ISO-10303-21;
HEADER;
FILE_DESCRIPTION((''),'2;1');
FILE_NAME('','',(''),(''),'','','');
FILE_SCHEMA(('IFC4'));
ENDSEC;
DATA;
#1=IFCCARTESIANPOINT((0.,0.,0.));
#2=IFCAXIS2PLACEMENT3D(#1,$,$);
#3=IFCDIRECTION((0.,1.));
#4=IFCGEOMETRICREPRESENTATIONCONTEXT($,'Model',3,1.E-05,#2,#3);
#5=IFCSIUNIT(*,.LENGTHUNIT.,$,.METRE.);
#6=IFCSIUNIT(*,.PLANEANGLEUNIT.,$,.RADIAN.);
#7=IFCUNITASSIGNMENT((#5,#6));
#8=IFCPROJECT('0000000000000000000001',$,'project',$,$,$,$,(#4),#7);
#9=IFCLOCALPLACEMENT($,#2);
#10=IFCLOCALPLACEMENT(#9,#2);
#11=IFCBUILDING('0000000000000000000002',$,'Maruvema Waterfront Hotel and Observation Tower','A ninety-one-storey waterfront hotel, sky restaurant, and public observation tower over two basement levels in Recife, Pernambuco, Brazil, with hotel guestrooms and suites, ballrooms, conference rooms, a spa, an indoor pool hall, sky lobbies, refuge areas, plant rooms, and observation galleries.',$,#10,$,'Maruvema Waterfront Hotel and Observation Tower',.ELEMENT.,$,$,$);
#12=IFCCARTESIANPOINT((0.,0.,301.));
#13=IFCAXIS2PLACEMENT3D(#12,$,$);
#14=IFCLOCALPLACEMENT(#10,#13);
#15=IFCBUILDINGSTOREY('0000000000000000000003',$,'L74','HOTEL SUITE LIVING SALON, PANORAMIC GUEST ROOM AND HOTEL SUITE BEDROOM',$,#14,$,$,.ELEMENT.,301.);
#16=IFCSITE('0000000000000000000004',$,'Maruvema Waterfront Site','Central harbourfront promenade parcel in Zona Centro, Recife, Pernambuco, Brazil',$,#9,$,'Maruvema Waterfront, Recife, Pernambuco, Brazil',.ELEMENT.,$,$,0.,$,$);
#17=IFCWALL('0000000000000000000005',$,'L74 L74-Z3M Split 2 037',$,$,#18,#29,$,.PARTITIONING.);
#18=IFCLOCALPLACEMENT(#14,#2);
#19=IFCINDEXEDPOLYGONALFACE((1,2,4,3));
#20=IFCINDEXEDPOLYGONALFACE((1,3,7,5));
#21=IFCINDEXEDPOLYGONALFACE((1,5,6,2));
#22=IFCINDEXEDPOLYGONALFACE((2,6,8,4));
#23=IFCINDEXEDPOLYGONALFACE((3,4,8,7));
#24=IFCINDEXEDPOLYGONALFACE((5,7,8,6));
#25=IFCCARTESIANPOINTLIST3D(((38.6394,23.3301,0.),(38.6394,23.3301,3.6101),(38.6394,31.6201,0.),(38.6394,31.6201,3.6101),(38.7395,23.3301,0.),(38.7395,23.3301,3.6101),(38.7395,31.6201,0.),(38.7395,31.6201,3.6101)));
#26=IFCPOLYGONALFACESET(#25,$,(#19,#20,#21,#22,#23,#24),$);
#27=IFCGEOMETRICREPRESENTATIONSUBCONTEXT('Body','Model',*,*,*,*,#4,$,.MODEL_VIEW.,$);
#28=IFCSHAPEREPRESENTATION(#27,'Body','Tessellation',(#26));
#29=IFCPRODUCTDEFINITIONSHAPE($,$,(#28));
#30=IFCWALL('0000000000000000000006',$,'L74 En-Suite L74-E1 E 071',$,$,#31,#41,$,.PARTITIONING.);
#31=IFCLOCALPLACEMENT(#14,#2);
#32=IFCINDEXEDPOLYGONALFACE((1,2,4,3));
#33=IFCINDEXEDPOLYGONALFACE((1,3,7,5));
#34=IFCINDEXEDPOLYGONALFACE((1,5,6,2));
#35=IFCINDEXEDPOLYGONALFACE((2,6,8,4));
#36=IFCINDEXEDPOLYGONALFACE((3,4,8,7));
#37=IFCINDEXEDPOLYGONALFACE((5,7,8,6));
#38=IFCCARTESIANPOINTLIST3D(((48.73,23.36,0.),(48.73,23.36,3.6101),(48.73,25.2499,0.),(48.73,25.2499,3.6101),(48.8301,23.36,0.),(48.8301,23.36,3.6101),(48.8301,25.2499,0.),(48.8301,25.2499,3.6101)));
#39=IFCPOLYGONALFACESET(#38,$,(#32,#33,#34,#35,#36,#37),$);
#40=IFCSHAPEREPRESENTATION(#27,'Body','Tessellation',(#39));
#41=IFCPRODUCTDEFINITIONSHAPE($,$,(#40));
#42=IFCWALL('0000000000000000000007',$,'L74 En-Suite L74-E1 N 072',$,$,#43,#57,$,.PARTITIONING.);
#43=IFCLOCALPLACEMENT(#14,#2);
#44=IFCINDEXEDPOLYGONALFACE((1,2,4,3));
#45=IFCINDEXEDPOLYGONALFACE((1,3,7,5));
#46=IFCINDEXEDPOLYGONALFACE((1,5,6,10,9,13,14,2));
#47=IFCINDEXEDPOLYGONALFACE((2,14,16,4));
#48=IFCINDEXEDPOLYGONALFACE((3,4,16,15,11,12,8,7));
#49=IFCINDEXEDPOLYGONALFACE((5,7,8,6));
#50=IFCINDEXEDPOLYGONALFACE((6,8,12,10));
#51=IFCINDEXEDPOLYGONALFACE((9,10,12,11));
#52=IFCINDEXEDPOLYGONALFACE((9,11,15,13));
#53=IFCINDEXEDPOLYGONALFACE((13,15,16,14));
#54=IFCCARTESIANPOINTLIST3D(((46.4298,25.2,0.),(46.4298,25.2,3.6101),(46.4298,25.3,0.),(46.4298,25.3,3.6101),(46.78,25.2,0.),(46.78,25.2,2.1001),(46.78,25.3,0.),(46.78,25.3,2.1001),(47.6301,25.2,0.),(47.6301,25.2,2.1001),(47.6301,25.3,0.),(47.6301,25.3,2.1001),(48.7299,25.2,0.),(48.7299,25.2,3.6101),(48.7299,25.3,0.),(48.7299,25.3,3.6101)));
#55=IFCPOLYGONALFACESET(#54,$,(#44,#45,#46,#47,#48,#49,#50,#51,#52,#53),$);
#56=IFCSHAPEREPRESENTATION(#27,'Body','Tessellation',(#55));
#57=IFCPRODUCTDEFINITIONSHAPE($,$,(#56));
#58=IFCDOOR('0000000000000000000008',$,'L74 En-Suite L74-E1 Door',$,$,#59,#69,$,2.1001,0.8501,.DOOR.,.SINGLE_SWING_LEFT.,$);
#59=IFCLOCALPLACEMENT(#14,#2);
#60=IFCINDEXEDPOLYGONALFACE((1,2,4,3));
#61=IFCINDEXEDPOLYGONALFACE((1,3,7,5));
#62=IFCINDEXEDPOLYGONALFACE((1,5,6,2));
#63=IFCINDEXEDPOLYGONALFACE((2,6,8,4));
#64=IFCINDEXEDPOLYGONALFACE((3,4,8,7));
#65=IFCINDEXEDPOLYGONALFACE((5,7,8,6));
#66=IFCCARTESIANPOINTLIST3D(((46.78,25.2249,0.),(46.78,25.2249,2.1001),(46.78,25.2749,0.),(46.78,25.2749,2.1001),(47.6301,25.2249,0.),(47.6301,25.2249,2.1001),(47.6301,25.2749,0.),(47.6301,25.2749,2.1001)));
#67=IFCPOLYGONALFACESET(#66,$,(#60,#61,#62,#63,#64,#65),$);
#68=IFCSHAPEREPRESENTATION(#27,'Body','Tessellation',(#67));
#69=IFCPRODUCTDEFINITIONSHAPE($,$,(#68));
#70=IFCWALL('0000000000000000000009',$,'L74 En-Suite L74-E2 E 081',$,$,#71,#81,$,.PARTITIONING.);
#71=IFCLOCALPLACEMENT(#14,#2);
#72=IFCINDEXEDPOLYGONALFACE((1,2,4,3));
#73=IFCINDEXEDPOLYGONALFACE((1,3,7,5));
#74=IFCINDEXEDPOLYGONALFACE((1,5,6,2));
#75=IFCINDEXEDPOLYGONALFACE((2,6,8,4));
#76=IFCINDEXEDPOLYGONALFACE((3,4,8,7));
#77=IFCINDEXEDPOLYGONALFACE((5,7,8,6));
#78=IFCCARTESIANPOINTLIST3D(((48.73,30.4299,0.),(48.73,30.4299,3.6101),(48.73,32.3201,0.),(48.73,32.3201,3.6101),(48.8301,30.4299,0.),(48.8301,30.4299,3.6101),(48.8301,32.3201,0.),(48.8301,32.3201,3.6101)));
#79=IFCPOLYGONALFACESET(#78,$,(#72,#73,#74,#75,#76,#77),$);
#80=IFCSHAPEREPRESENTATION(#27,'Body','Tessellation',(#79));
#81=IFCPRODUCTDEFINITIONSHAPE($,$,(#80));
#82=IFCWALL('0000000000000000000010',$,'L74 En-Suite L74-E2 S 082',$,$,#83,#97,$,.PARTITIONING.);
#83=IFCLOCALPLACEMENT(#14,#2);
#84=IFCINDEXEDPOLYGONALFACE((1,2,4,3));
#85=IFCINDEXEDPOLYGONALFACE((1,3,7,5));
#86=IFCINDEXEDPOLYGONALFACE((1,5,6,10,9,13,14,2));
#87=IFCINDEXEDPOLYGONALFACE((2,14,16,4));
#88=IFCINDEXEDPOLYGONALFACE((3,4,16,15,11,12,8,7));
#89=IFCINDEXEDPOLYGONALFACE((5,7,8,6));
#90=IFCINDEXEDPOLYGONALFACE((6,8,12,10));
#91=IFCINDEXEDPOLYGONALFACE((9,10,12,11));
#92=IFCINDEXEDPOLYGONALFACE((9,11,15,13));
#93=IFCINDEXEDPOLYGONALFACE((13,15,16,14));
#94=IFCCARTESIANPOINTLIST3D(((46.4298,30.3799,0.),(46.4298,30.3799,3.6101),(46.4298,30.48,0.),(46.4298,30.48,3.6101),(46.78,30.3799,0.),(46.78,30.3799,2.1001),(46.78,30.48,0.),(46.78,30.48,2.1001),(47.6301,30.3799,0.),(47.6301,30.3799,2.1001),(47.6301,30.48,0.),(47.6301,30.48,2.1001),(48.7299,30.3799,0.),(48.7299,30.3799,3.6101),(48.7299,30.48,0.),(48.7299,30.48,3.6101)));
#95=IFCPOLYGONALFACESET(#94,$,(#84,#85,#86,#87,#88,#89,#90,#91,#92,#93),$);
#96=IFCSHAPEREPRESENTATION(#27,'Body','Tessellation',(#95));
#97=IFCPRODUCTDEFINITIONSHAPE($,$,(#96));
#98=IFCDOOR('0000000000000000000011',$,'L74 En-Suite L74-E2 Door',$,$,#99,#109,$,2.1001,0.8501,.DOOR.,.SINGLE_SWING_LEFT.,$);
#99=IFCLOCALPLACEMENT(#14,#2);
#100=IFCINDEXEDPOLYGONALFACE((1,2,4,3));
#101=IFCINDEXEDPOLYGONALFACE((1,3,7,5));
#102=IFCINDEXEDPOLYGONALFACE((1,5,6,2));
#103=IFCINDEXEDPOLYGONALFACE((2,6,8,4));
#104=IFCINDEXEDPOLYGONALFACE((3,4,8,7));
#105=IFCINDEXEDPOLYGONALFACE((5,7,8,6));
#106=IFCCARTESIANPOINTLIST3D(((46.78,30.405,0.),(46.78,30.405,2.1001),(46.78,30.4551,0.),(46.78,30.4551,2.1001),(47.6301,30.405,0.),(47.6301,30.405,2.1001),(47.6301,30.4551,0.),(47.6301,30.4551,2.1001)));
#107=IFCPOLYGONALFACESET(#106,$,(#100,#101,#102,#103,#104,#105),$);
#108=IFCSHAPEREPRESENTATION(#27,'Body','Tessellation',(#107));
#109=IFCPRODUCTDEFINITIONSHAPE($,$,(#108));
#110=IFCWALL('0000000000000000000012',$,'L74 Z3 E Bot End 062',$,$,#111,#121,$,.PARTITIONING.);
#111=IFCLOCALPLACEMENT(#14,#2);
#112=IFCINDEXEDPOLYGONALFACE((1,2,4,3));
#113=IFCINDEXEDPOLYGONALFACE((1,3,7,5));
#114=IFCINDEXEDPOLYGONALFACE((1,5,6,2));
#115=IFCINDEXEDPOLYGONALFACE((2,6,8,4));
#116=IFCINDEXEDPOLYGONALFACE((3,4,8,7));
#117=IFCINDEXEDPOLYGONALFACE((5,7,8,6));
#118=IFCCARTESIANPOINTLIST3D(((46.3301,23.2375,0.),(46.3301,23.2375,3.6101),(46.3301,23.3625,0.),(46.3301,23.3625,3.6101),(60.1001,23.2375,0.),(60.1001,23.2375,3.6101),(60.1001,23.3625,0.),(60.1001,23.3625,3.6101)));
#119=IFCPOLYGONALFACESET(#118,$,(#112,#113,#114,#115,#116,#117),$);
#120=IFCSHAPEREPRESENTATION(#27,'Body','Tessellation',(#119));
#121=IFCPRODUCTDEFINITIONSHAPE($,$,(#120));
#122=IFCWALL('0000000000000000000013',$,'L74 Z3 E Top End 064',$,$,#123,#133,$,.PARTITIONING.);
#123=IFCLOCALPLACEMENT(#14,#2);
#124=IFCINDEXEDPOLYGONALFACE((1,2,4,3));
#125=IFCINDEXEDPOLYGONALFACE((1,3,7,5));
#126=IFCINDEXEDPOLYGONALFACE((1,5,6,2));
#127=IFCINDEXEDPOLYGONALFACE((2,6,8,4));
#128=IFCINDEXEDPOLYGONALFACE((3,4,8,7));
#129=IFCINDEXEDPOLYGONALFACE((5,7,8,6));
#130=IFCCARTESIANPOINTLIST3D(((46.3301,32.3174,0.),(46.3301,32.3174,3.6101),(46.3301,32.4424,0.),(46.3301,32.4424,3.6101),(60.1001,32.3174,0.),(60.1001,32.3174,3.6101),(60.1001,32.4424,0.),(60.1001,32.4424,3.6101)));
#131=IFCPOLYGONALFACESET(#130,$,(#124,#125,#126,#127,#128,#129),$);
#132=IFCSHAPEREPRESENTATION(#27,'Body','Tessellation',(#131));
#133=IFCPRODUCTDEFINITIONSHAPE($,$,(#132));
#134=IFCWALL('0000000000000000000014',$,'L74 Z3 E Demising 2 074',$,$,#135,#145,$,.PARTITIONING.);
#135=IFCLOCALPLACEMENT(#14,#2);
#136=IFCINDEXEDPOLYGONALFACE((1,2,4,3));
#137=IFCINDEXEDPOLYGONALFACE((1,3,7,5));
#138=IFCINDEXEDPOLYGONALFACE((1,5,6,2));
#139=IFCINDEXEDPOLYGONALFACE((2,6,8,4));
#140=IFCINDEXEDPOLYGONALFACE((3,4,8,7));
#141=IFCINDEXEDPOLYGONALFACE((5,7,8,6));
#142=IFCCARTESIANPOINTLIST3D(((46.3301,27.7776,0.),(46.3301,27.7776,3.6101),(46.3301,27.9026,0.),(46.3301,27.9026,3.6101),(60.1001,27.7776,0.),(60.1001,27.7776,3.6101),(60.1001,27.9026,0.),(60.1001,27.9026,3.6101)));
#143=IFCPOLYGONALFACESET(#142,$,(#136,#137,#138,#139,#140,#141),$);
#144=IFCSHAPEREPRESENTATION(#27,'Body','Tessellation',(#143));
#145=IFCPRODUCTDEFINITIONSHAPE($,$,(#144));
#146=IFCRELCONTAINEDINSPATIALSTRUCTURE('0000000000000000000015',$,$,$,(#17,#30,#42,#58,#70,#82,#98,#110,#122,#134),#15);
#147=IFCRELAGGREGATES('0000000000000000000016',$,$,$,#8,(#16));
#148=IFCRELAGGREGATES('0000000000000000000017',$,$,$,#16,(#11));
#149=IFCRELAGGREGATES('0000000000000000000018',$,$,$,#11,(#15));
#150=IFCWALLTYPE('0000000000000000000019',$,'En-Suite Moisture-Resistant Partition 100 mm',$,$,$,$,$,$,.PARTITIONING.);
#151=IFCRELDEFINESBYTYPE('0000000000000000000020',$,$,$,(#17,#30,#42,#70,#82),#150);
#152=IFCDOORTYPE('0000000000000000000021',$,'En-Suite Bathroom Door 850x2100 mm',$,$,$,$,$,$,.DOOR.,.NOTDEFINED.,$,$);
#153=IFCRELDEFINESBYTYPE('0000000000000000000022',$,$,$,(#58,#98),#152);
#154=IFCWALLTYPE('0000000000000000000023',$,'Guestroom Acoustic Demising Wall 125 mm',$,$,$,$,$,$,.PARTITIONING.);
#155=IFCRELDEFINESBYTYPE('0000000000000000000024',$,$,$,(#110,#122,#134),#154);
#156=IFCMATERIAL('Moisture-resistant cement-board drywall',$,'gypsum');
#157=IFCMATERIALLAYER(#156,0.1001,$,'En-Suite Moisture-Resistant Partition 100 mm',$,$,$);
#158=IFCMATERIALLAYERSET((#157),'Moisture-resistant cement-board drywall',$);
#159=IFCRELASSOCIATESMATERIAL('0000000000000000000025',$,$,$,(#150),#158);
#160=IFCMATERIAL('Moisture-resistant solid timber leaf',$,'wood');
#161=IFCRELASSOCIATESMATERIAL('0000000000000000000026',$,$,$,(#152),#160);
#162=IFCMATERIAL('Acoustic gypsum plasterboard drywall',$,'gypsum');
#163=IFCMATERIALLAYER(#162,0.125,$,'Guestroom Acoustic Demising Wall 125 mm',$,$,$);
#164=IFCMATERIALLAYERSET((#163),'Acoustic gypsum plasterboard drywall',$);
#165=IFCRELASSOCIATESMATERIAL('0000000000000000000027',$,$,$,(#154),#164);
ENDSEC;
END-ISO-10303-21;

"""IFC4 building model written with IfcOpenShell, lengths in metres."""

from ifc_helpers import new_model, si_unit, direction, frame, frame_2d, origin, place, context, subcontext, project, spatial, rectangle, extrude, material, layer, layer_set, type_object, element, fill, save


model = new_model("IFC4")

# Units and contexts
model_context = context("Model", 3, precision=1e-05, world=origin(), true_north=direction((0.0, 1.0)))
body_context = subcontext(model_context, "Body", "Model", "MODEL_VIEW")
ifc_project = project(units=[si_unit("LENGTHUNIT", "METRE"), si_unit("PLANEANGLEUNIT", "RADIAN")], contexts=[model_context])

# Site, building, storey
site_placement = place(None, origin())
site = spatial("IfcSite", under=ifc_project, at=site_placement, Name="Maruvema Waterfront Site", Description="Central harbourfront promenade parcel in Zona Centro, Recife, Pernambuco, Brazil", LongName="Maruvema Waterfront, Recife, Pernambuco, Brazil", CompositionType="ELEMENT", RefElevation=0.0)
building_placement = place(site_placement, origin())
building = spatial("IfcBuilding", under=site, at=building_placement, Name="Maruvema Waterfront Hotel and Observation Tower", Description="A ninety-one-storey waterfront hotel, sky restaurant, and public observation tower over two basement levels in Recife, Pernambuco, Brazil, with hotel guestrooms and suites, ballrooms, conference rooms, a spa, an indoor pool hall, sky lobbies, refuge areas, plant rooms, and observation galleries.", LongName="Maruvema Waterfront Hotel and Observation Tower", CompositionType="ELEMENT")
storey_placement = place(building_placement, frame((0.0, 0.0, 301.0)))
storey = spatial("IfcBuildingStorey", under=building, at=storey_placement, Name="L74", Description="HOTEL SUITE LIVING SALON, PANORAMIC GUEST ROOM AND HOTEL SUITE BEDROOM", CompositionType="ELEMENT", Elevation=301.0)

# Walls
ifc_material_1 = material(Name="Moisture-resistant cement-board drywall", Category="gypsum")
ifc_layer_1 = layer(ifc_material_1, 0.1001, Name="En-Suite Moisture-Resistant Partition 100 mm")
ifc_layer_set_1 = layer_set([ifc_layer_1], Name="Moisture-resistant cement-board drywall")
wall_type_1 = type_object("IfcWallType", Name="En-Suite Moisture-Resistant Partition 100 mm", PredefinedType="PARTITIONING", material=ifc_layer_set_1)
wall_1_placement = place(storey_placement, frame((38.6895, 23.3301, 0.0), z_axis=(0.0, 0.0, 1.0), x_axis=(0.0, 1.0, 0.0)))
element("IfcWall", 1, at=wall_1_placement, inside=storey, type_object=wall_type_1, Name="L74 L74-Z3M Split 2 037", PredefinedType="PARTITIONING", context=body_context, shape_type="SweptSolid", body=[
    extrude(rectangle(XDim=8.29, YDim=0.1001, at=frame_2d((4.145, 0.0))), origin(), (0.0, 0.0, 1.0), 3.6101),
])
wall_2_placement = place(storey_placement, frame((48.78, 23.3601, 0.0), z_axis=(0.0, 0.0, 1.0), x_axis=(0.0, 1.0, 0.0)))
element("IfcWall", 2, at=wall_2_placement, inside=storey, type_object=wall_type_1, Name="L74 En-Suite L74-E1 E 071", PredefinedType="PARTITIONING", context=body_context, shape_type="SweptSolid", body=[
    extrude(rectangle(XDim=1.8899, YDim=0.1001, at=frame_2d((0.9448, 0.0))), origin(), (0.0, 0.0, 1.0), 3.6101),
])

# Wall, opening, door
wall_3_placement = place(storey_placement, frame((46.4299, 25.25, 0.0), z_axis=(0.0, 0.0, 1.0), x_axis=(1.0, 0.0, 0.0)))
wall_3 = element("IfcWall", 3, at=wall_3_placement, inside=storey, type_object=wall_type_1, Name="L74 En-Suite L74-E1 N 072", PredefinedType="PARTITIONING", context=body_context, shape_type="SweptSolid", body=[
    extrude(rectangle(XDim=2.3, YDim=0.1001, at=frame_2d((1.1499, 0.0))), origin(), (0.0, 0.0, 1.0), 3.6101),
])
opening_1_placement = place(wall_3_placement, frame((0.3501, 0.0, 0.0)))
opening_1 = element("IfcOpeningElement", 4, at=opening_1_placement, cuts=wall_3, PredefinedType="OPENING", context=body_context, shape_type="SweptSolid", body=[
    extrude(rectangle(XDim=0.8501, YDim=2.1001, at=frame_2d((0.425, 1.05))), frame((0.0, 0.0601, 0.0), z_axis=(0.0, -1.0, 0.0), x_axis=(1.0, 0.0, 0.0)), (0.0, 0.0, 1.0), 0.1201),
])
ifc_material_2 = material(Name="Moisture-resistant solid timber leaf", Category="wood")
door_type_1 = type_object("IfcDoorType", Name="En-Suite Bathroom Door 850x2100 mm", OperationType="NOTDEFINED", PredefinedType="DOOR", material=ifc_material_2)
door_1_placement = place(opening_1_placement, origin())
door_1 = element("IfcDoor", 5, at=door_1_placement, inside=storey, type_object=door_type_1, Name="L74 En-Suite L74-E1 Door", OperationType="SINGLE_SWING_LEFT", OverallHeight=2.1001, OverallWidth=0.8501, PredefinedType="DOOR", context=body_context, shape_type="SweptSolid", body=[
    extrude(rectangle(XDim=0.8501, YDim=2.1001, at=frame_2d((0.425, 1.05))), frame((0.0, 0.0249, 0.0), z_axis=(0.0, -1.0, 0.0), x_axis=(1.0, 0.0, 0.0)), (0.0, 0.0, 1.0), 0.05),
])
fill(opening_1, door_1)

# Wall
wall_4_placement = place(storey_placement, frame((48.78, 30.4299, 0.0), z_axis=(0.0, 0.0, 1.0), x_axis=(0.0, 1.0, 0.0)))
element("IfcWall", 6, at=wall_4_placement, inside=storey, type_object=wall_type_1, Name="L74 En-Suite L74-E2 E 081", PredefinedType="PARTITIONING", context=body_context, shape_type="SweptSolid", body=[
    extrude(rectangle(XDim=1.8901, YDim=0.1001, at=frame_2d((0.9451, 0.0))), origin(), (0.0, 0.0, 1.0), 3.6101),
])

# Wall, opening, door
wall_5_placement = place(storey_placement, frame((46.4299, 30.4299, 0.0), z_axis=(0.0, 0.0, 1.0), x_axis=(1.0, 0.0, 0.0)))
wall_5 = element("IfcWall", 7, at=wall_5_placement, inside=storey, type_object=wall_type_1, Name="L74 En-Suite L74-E2 S 082", PredefinedType="PARTITIONING", context=body_context, shape_type="SweptSolid", body=[
    extrude(rectangle(XDim=2.3, YDim=0.1001, at=frame_2d((1.1499, 0.0))), origin(), (0.0, 0.0, 1.0), 3.6101),
])
opening_2_placement = place(wall_5_placement, frame((0.3501, 0.0, 0.0)))
opening_2 = element("IfcOpeningElement", 8, at=opening_2_placement, cuts=wall_5, PredefinedType="OPENING", context=body_context, shape_type="SweptSolid", body=[
    extrude(rectangle(XDim=0.8501, YDim=2.1001, at=frame_2d((0.425, 1.05))), frame((0.0, 0.0601, 0.0), z_axis=(0.0, -1.0, 0.0), x_axis=(1.0, 0.0, 0.0)), (0.0, 0.0, 1.0), 0.1201),
])
door_2_placement = place(opening_2_placement, frame((0.8501, 0.0, 0.0), z_axis=(0.0, 0.0, 1.0), x_axis=(-1.0, 0.0, 0.0)))
door_2 = element("IfcDoor", 9, at=door_2_placement, inside=storey, type_object=door_type_1, Name="L74 En-Suite L74-E2 Door", OperationType="SINGLE_SWING_LEFT", OverallHeight=2.1001, OverallWidth=0.8501, PredefinedType="DOOR", context=body_context, shape_type="SweptSolid", body=[
    extrude(rectangle(XDim=0.8501, YDim=2.1001, at=frame_2d((0.425, 1.05))), frame((0.0, 0.0249, 0.0), z_axis=(0.0, -1.0, 0.0), x_axis=(1.0, 0.0, 0.0)), (0.0, 0.0, 1.0), 0.05),
])
fill(opening_2, door_2)

# Walls
ifc_material_3 = material(Name="Acoustic gypsum plasterboard drywall", Category="gypsum")
ifc_layer_2 = layer(ifc_material_3, 0.125, Name="Guestroom Acoustic Demising Wall 125 mm")
ifc_layer_set_2 = layer_set([ifc_layer_2], Name="Acoustic gypsum plasterboard drywall")
wall_type_2 = type_object("IfcWallType", Name="Guestroom Acoustic Demising Wall 125 mm", PredefinedType="PARTITIONING", material=ifc_layer_set_2)
for number, where, z_axis, x_axis, name in (
    (10, (46.3301, 23.3, 0.0), (0.0, 0.0, 1.0), (1.0, 0.0, 0.0), "L74 Z3 E Bot End 062"),
    (11, (46.3301, 32.3799, 0.0), (0.0, 0.0, 1.0), (1.0, 0.0, 0.0), "L74 Z3 E Top End 064"),
    (12, (46.3301, 27.8401, 0.0), (0.0, 0.0, 1.0), (1.0, 0.0, 0.0), "L74 Z3 E Demising 2 074"),
):
    element("IfcWall", number, at=place(storey_placement, frame(where, z_axis=z_axis, x_axis=x_axis)), inside=storey, type_object=wall_type_2, Name=name, PredefinedType="PARTITIONING", context=body_context, shape_type="SweptSolid", body=[
        extrude(rectangle(XDim=13.77, YDim=0.125, at=frame_2d((6.885, 0.0))), origin(), (0.0, 0.0, 1.0), 3.6101),
    ])

save(model, "model.ifc")
